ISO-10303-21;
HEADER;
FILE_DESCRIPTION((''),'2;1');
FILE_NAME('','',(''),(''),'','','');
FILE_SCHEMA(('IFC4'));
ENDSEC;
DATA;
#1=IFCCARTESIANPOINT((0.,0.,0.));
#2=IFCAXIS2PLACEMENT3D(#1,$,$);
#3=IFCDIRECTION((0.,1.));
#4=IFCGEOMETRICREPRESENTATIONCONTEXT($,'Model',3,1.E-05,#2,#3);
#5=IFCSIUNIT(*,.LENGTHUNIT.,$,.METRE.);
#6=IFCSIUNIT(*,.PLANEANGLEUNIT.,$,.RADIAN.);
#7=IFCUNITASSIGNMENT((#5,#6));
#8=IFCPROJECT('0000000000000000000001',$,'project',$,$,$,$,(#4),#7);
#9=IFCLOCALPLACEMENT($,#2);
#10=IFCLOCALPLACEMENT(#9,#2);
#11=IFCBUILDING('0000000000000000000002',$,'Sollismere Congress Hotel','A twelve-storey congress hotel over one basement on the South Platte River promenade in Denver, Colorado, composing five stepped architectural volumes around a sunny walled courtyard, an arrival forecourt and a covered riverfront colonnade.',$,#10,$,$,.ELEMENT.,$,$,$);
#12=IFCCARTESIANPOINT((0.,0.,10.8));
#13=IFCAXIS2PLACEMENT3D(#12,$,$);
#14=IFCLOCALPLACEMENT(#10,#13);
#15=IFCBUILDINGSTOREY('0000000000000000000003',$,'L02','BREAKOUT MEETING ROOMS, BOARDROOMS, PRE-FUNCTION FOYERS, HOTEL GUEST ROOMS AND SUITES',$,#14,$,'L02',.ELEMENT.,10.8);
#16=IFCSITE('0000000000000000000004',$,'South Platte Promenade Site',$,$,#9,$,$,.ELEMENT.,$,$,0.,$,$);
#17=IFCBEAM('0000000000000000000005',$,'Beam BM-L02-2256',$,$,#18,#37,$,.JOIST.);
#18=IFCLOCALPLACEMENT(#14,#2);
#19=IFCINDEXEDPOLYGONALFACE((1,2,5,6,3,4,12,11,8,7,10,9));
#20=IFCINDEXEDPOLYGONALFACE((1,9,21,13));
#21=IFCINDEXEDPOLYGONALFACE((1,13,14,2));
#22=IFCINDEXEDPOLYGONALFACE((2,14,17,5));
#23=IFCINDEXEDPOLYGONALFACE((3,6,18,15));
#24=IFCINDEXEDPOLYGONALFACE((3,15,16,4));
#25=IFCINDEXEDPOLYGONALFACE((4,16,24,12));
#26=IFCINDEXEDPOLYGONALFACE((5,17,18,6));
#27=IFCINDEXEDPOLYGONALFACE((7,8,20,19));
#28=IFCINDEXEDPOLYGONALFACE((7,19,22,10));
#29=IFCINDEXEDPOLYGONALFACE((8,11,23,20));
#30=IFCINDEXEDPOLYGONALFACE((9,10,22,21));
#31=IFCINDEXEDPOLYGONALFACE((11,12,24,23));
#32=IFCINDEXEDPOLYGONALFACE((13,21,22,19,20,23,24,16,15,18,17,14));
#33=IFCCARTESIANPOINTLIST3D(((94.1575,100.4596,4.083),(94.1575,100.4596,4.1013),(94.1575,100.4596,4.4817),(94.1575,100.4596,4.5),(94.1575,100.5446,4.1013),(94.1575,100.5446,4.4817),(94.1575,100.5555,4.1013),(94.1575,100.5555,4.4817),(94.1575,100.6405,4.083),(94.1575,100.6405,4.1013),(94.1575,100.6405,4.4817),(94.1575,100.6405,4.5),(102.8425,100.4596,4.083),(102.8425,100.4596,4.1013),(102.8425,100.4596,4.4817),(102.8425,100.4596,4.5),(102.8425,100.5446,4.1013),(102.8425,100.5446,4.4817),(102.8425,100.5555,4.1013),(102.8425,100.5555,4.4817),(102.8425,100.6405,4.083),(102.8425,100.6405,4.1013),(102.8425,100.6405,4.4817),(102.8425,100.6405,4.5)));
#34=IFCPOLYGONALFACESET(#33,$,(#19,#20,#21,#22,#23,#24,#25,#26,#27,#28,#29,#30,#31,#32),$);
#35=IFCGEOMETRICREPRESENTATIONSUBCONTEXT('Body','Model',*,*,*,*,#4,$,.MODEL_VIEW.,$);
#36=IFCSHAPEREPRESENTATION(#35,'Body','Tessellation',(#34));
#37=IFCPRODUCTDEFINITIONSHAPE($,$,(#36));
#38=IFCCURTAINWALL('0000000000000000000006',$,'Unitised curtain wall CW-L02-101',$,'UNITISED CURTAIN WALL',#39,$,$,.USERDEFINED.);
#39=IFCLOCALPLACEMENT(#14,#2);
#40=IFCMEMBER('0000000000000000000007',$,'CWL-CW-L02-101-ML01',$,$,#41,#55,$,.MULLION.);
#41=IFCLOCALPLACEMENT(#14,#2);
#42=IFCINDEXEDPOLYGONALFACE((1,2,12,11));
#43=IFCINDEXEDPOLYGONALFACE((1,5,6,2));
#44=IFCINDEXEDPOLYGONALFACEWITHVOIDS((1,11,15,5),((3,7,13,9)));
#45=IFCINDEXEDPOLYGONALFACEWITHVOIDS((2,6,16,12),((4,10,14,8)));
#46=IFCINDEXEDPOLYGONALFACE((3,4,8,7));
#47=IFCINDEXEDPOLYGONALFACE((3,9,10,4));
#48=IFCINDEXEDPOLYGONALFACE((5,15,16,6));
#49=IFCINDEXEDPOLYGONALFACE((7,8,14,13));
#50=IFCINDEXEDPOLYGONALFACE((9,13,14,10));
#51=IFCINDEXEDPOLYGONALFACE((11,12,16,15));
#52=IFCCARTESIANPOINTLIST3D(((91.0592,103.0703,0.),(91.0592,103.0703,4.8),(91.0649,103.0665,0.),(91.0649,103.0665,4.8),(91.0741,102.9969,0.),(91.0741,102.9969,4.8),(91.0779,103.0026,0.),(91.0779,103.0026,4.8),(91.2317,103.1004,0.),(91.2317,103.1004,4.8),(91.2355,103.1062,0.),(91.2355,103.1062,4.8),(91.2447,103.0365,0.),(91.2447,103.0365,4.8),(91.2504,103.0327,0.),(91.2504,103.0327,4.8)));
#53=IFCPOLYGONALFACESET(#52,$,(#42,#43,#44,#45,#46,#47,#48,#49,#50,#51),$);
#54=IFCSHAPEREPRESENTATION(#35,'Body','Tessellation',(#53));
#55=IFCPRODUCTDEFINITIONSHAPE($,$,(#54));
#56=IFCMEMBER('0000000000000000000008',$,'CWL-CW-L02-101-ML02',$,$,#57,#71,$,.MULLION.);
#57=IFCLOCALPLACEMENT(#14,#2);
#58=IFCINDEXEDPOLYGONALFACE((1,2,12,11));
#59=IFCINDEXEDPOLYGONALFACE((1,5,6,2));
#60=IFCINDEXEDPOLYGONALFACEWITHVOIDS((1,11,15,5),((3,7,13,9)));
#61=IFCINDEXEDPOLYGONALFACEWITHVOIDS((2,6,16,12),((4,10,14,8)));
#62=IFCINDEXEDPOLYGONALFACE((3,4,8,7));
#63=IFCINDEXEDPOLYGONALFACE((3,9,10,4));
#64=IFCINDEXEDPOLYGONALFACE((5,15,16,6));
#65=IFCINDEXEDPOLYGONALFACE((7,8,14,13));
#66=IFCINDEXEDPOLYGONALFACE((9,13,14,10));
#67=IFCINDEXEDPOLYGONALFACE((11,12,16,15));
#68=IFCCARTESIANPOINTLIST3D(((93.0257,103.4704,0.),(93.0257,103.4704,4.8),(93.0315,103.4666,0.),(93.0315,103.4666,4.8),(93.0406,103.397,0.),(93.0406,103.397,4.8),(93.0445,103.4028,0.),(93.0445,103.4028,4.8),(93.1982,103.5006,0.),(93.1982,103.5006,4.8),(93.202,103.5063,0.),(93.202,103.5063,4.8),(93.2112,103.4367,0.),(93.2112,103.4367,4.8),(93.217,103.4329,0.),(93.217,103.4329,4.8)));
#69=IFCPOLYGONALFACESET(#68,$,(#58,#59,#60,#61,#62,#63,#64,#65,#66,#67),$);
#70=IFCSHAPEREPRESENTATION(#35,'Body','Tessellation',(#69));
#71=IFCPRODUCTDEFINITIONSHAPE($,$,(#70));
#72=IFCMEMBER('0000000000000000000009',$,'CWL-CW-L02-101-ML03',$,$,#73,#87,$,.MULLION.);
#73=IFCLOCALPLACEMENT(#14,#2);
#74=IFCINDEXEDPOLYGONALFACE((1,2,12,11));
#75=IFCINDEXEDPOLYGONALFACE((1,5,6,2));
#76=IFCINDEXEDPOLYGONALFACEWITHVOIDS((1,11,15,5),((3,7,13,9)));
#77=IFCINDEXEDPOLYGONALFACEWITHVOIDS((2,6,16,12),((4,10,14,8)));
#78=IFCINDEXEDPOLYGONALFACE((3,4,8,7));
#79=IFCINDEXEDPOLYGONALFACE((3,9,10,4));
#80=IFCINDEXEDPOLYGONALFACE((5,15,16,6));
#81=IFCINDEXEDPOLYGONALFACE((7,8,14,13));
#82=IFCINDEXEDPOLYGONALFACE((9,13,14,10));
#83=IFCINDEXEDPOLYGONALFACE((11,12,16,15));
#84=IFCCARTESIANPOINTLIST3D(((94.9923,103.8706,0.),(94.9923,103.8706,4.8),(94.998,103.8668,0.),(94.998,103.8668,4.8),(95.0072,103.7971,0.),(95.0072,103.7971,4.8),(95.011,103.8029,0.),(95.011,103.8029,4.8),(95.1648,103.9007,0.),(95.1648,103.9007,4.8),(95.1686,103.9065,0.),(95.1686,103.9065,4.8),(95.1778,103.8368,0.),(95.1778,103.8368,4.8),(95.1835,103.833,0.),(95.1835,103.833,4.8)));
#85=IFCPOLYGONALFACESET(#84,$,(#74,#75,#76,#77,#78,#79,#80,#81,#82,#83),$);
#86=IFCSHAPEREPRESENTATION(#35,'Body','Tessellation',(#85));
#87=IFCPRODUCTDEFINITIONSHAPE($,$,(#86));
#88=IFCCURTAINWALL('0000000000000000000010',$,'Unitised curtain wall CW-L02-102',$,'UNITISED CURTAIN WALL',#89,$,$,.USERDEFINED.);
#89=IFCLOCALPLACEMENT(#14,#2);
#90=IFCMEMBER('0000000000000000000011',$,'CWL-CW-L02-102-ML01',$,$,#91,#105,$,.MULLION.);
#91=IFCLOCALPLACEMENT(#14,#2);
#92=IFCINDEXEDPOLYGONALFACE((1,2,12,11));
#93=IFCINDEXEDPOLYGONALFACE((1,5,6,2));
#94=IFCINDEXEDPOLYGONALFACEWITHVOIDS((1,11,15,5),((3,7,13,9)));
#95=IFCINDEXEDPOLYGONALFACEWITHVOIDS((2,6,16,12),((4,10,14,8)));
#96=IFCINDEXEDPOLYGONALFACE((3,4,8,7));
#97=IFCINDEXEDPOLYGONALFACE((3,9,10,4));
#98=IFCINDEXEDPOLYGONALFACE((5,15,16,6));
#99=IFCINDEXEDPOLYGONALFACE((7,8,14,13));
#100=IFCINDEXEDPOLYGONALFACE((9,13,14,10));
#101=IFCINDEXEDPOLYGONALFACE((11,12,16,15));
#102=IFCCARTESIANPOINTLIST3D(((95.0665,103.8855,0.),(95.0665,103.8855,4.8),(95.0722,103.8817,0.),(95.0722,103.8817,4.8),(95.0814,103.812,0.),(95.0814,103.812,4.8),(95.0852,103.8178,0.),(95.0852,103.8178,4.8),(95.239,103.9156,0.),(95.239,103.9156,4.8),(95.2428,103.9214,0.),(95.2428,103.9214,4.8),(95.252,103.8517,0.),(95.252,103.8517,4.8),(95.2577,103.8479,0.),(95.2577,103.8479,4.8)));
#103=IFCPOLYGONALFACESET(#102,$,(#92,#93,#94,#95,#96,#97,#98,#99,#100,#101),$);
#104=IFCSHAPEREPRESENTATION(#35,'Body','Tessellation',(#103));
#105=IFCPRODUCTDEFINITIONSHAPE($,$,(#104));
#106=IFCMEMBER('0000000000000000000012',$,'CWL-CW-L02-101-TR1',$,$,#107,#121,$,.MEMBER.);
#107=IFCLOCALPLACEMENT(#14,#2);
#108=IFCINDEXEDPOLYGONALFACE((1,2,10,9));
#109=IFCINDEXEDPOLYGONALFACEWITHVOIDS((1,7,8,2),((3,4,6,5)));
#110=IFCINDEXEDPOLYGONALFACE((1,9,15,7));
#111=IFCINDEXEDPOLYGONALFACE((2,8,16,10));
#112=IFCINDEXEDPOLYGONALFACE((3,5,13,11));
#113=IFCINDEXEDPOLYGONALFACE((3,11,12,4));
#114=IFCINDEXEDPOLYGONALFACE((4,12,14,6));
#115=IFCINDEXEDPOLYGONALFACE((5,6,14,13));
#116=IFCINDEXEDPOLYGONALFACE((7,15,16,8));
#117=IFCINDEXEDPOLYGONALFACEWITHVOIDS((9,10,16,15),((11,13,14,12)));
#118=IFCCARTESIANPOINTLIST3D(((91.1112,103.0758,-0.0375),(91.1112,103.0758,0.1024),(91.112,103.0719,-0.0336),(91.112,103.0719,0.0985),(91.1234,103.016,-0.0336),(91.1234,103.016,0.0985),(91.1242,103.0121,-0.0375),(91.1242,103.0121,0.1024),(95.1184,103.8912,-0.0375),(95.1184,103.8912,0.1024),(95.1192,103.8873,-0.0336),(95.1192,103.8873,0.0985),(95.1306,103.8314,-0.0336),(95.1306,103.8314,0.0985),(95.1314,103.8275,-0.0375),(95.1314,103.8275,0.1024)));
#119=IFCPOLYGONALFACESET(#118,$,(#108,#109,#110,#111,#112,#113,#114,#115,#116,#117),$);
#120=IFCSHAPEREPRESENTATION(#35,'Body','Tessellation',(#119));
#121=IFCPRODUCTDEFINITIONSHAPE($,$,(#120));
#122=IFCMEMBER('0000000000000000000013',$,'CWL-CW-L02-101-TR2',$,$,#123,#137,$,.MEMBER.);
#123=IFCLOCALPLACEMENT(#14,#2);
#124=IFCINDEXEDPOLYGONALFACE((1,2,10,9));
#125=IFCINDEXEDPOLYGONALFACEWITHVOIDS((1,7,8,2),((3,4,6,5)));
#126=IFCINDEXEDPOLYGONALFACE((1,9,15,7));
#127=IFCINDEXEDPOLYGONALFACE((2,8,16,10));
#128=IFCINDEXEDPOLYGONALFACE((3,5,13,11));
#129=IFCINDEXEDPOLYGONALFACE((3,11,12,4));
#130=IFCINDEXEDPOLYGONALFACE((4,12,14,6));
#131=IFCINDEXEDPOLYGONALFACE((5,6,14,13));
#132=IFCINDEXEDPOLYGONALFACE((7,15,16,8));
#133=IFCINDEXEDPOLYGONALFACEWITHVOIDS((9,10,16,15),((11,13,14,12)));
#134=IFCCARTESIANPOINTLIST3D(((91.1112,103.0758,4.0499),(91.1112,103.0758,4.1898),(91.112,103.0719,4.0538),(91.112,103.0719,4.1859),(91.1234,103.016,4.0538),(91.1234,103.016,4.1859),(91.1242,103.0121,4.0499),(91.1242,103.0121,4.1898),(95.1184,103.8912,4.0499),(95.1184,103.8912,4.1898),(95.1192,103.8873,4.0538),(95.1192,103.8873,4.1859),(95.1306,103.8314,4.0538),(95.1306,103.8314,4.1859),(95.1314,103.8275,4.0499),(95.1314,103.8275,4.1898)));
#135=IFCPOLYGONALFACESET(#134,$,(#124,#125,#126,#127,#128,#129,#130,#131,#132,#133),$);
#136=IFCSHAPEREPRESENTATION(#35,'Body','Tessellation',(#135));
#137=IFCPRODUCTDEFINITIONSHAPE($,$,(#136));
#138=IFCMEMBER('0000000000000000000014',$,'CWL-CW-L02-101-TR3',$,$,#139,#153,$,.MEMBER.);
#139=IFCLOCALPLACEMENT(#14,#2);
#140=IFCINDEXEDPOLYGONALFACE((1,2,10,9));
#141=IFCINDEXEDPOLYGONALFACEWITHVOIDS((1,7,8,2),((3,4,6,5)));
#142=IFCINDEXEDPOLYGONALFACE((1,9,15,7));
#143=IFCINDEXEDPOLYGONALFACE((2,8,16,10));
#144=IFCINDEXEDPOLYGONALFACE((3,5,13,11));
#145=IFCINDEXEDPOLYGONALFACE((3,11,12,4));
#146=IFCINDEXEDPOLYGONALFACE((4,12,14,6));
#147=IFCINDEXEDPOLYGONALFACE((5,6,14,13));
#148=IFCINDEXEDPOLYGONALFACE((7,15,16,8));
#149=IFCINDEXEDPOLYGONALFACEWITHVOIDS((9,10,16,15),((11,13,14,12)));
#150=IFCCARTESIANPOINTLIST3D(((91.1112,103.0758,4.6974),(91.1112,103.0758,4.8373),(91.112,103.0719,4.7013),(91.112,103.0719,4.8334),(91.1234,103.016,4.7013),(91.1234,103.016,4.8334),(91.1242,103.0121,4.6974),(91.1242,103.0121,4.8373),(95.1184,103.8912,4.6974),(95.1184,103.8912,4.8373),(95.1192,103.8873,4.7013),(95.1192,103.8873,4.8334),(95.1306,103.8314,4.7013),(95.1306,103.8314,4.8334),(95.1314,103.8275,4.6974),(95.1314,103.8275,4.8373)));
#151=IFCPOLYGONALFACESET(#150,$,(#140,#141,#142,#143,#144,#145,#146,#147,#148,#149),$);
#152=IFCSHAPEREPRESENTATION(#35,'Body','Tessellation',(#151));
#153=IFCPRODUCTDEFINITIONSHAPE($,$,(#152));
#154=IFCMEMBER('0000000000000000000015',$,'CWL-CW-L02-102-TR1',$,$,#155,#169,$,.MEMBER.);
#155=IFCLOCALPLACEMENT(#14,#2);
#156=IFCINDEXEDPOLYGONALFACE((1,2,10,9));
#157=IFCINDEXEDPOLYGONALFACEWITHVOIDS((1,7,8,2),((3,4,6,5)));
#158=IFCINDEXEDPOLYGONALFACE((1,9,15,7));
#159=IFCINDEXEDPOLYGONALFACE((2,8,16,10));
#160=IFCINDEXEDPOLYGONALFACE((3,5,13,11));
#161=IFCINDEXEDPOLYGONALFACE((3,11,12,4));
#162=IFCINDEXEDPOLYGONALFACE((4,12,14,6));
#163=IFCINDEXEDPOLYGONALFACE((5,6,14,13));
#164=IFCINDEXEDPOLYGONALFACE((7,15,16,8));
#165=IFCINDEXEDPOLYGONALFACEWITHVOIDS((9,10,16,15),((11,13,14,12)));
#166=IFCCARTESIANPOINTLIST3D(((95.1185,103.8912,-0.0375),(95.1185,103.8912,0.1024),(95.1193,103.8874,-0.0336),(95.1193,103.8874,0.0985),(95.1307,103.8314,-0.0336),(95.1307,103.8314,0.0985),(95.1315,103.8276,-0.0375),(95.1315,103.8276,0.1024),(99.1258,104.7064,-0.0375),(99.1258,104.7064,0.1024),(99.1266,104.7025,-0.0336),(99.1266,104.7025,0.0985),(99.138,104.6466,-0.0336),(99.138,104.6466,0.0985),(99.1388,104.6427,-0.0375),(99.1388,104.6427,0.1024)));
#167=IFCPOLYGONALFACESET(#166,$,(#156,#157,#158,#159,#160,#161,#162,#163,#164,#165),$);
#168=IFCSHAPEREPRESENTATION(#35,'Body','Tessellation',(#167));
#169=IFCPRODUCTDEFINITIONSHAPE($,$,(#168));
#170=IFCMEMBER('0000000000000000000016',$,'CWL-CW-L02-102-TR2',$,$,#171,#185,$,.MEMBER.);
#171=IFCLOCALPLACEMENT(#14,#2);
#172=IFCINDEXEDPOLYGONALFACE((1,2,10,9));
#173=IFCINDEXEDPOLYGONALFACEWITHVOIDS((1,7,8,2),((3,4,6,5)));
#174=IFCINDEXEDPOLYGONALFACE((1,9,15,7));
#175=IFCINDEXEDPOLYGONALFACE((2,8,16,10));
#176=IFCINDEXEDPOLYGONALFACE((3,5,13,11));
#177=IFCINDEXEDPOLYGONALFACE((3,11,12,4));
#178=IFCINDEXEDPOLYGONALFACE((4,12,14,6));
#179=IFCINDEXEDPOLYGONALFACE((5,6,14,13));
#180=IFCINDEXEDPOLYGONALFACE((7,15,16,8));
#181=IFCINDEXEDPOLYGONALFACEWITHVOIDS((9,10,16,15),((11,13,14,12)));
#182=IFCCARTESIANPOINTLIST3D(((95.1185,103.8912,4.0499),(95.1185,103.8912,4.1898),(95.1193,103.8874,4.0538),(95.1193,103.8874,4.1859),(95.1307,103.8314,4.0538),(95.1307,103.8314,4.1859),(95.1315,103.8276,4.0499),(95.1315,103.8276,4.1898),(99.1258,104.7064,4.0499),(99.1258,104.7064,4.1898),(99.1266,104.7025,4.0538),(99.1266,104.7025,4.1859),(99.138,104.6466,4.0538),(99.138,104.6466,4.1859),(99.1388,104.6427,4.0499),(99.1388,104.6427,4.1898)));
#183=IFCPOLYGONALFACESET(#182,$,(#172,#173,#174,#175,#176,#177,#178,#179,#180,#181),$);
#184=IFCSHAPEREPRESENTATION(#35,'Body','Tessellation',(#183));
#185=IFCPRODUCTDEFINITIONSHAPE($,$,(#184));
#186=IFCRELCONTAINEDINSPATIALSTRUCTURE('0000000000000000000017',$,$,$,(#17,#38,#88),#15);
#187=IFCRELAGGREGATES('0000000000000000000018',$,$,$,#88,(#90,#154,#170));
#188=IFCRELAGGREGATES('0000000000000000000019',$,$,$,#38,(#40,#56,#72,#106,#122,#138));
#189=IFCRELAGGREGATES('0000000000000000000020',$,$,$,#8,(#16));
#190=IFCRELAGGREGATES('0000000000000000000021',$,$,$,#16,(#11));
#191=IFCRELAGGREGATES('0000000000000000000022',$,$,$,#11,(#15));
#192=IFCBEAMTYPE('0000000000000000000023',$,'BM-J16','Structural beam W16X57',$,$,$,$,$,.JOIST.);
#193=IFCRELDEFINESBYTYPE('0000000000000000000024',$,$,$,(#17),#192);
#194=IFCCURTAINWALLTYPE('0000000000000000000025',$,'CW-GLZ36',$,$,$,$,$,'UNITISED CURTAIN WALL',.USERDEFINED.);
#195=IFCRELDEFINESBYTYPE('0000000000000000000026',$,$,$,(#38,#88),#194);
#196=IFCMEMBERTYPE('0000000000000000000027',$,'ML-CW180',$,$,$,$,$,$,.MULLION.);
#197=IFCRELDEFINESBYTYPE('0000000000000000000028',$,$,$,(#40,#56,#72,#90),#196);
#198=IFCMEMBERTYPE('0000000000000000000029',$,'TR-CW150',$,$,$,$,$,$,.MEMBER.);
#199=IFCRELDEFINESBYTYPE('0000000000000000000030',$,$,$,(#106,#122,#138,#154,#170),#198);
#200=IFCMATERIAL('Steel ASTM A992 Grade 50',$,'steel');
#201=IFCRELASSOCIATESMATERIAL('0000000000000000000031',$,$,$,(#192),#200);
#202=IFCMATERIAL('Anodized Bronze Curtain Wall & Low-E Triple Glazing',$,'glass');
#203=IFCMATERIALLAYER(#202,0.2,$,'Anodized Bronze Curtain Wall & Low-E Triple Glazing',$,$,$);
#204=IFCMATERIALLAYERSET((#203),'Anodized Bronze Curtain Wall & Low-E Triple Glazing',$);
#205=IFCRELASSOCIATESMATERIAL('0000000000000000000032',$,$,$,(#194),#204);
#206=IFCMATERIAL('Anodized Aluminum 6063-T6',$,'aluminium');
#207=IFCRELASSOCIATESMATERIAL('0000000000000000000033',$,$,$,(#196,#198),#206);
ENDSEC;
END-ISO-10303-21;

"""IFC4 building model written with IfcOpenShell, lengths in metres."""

from ifc_helpers import new_model, si_unit, direction, frame, origin, origin_2d, place, context, subcontext, project, spatial, hollow_rectangle, i_section, extrude, material, layer, layer_set, material_profile, profile_set, type_object, element, aggregate, save


model = new_model("IFC4")

# Units and contexts
model_context = context("Model", 3, precision=1e-05, world=origin(), true_north=direction((0.0, 1.0)))
body_context = subcontext(model_context, "Body", "Model", "MODEL_VIEW")
ifc_project = project(units=[si_unit("LENGTHUNIT", "METRE"), si_unit("PLANEANGLEUNIT", "RADIAN")], contexts=[model_context])

# Site, building, storey
site_placement = place(None, origin())
site = spatial("IfcSite", under=ifc_project, at=site_placement, Name="South Platte Promenade Site", CompositionType="ELEMENT", RefElevation=0.0)
building_placement = place(site_placement, origin())
building = spatial("IfcBuilding", under=site, at=building_placement, Name="Sollismere Congress Hotel", Description="A twelve-storey congress hotel over one basement on the South Platte River promenade in Denver, Colorado, composing five stepped architectural volumes around a sunny walled courtyard, an arrival forecourt and a covered riverfront colonnade.", CompositionType="ELEMENT")
storey_placement = place(building_placement, frame((0.0, 0.0, 10.8)))
storey = spatial("IfcBuildingStorey", under=building, at=storey_placement, Name="L02", Description="BREAKOUT MEETING ROOMS, BOARDROOMS, PRE-FUNCTION FOYERS, HOTEL GUEST ROOMS AND SUITES", LongName="L02", CompositionType="ELEMENT", Elevation=10.8)

# Shared definitions
ifc_material_1 = material(Name="Steel ASTM A992 Grade 50", Category="steel")

# Beam
ifc_material_profile_1 = material_profile(ifc_material_1, i_section(OverallWidth=0.1809, OverallDepth=0.417, WebThickness=0.011, FlangeThickness=0.0183, at=origin_2d()), Name="W16X57")
ifc_profile_set_1 = profile_set([ifc_material_profile_1], Name="Steel ASTM A992 Grade 50")
beam_type_1 = type_object("IfcBeamType", Name="BM-J16", Description="Structural beam W16X57", PredefinedType="JOIST", material=ifc_profile_set_1)
for number, where, z_axis, x_axis, name in (
    (1, (94.1575, 100.55, 4.2915), (1.0, 0.0, 0.0), (0.0, 1.0, 0.0), "Beam BM-L02-2256"),
):
    element("IfcBeam", number, at=place(storey_placement, frame(where, z_axis=z_axis, x_axis=x_axis)), inside=storey, type_object=beam_type_1, Name=name, PredefinedType="JOIST", context=body_context, shape_type="SweptSolid", body=[
        extrude(i_section(OverallWidth=0.1809, OverallDepth=0.417, WebThickness=0.011, FlangeThickness=0.0183, at=origin_2d()), origin(), (0.0, 0.0, 1.0), 8.6851),
    ])

# Curtain wall, members
ifc_material_2 = material(Name="Anodized Bronze Curtain Wall & Low-E Triple Glazing", Category="glass")
ifc_layer_1 = layer(ifc_material_2, 0.2, Name="Anodized Bronze Curtain Wall & Low-E Triple Glazing")
ifc_layer_set_1 = layer_set([ifc_layer_1], Name="Anodized Bronze Curtain Wall & Low-E Triple Glazing")
curtain_wall_type = type_object("IfcCurtainWallType", Name="CW-GLZ36", ElementType="UNITISED CURTAIN WALL", PredefinedType="USERDEFINED", material=ifc_layer_set_1)
curtain_wall_1_placement = place(storey_placement, origin())
curtain_wall_1 = element("IfcCurtainWall", 2, at=curtain_wall_1_placement, inside=storey, type_object=curtain_wall_type, Name="Unitised curtain wall CW-L02-101", ObjectType="UNITISED CURTAIN WALL", PredefinedType="USERDEFINED")
ifc_material_3 = material(Name="Anodized Aluminum 6063-T6", Category="aluminium")
ifc_material_profile_2 = material_profile(ifc_material_3, hollow_rectangle(XDim=0.075, YDim=0.1799, WallThickness=0.0049, at=origin_2d()), Name="ALU180X75X5")
ifc_profile_set_2 = profile_set([ifc_material_profile_2], Name="Anodized Aluminum 6063-T6")
member_type_1 = type_object("IfcMemberType", Name="ML-CW180", PredefinedType="MULLION", material=ifc_profile_set_2)
member_1_placement = place(storey_placement, frame((91.1548, 103.0515, 0.0), z_axis=(0.0, 0.0, 1.0), x_axis=(-0.199368, 0.979925, 0.0)))
member_1 = element("IfcMember", 3, at=member_1_placement, type_object=member_type_1, Name="CWL-CW-L02-101-ML01", PredefinedType="MULLION", context=body_context, shape_type="SweptSolid", body=[
    extrude(hollow_rectangle(XDim=0.075, YDim=0.1799, WallThickness=0.0049, at=origin_2d()), origin(), (0.0, 0.0, 1.0), 4.8),
])
member_2_placement = place(storey_placement, frame((93.1213, 103.4517, 0.0), z_axis=(0.0, 0.0, 1.0), x_axis=(-0.199368, 0.979925, 0.0)))
member_2 = element("IfcMember", 4, at=member_2_placement, type_object=member_type_1, Name="CWL-CW-L02-101-ML02", PredefinedType="MULLION", context=body_context, shape_type="SweptSolid", body=[
    extrude(hollow_rectangle(XDim=0.075, YDim=0.1799, WallThickness=0.0049, at=origin_2d()), origin(), (0.0, 0.0, 1.0), 4.8),
])
member_3_placement = place(storey_placement, frame((95.0879, 103.8518, 0.0), z_axis=(0.0, 0.0, 1.0), x_axis=(-0.199368, 0.979925, 0.0)))
member_3 = element("IfcMember", 5, at=member_3_placement, type_object=member_type_1, Name="CWL-CW-L02-101-ML03", PredefinedType="MULLION", context=body_context, shape_type="SweptSolid", body=[
    extrude(hollow_rectangle(XDim=0.075, YDim=0.1799, WallThickness=0.0049, at=origin_2d()), origin(), (0.0, 0.0, 1.0), 4.8),
])

# Curtain wall, member
curtain_wall_2_placement = place(storey_placement, origin())
curtain_wall_2 = element("IfcCurtainWall", 6, at=curtain_wall_2_placement, inside=storey, type_object=curtain_wall_type, Name="Unitised curtain wall CW-L02-102", ObjectType="UNITISED CURTAIN WALL", PredefinedType="USERDEFINED")
member_4_placement = place(storey_placement, frame((95.1621, 103.8667, 0.0), z_axis=(0.0, 0.0, 1.0), x_axis=(-0.199368, 0.979925, 0.0)))
member_4 = element("IfcMember", 7, at=member_4_placement, type_object=member_type_1, Name="CWL-CW-L02-102-ML01", PredefinedType="MULLION", context=body_context, shape_type="SweptSolid", body=[
    extrude(hollow_rectangle(XDim=0.075, YDim=0.1799, WallThickness=0.0049, at=origin_2d()), origin(), (0.0, 0.0, 1.0), 4.8),
])

# Members
ifc_material_profile_3 = material_profile(ifc_material_3, hollow_rectangle(XDim=0.0649, YDim=0.1399, WallThickness=0.0039, at=origin_2d()), Name="ALU140X65X4")
ifc_profile_set_3 = profile_set([ifc_material_profile_3], Name="Anodized Aluminum 6063-T6")
member_type_2 = type_object("IfcMemberType", Name="TR-CW150", PredefinedType="MEMBER", material=ifc_profile_set_3)
member_5_placement = place(storey_placement, frame((91.1177, 103.0439, 0.0325), z_axis=(0.979918, 0.199399, 0.0), x_axis=(-0.199399, 0.979918, 0.0)))
member_5 = element("IfcMember", 8, at=member_5_placement, type_object=member_type_2, Name="CWL-CW-L02-101-TR1", PredefinedType="MEMBER", context=body_context, shape_type="SweptSolid", body=[
    extrude(hollow_rectangle(XDim=0.0649, YDim=0.1399, WallThickness=0.0039, at=origin_2d()), origin(), (0.0, 0.0, 1.0), 4.0894),
])
member_6_placement = place(storey_placement, frame((91.1177, 103.0439, 4.1199), z_axis=(0.979918, 0.199399, 0.0), x_axis=(-0.199399, 0.979918, 0.0)))
member_6 = element("IfcMember", 9, at=member_6_placement, type_object=member_type_2, Name="CWL-CW-L02-101-TR2", PredefinedType="MEMBER", context=body_context, shape_type="SweptSolid", body=[
    extrude(hollow_rectangle(XDim=0.0649, YDim=0.1399, WallThickness=0.0039, at=origin_2d()), origin(), (0.0, 0.0, 1.0), 4.0894),
])
member_7_placement = place(storey_placement, frame((91.1177, 103.0439, 4.7673), z_axis=(0.979918, 0.199399, 0.0), x_axis=(-0.199399, 0.979918, 0.0)))
member_7 = element("IfcMember", 10, at=member_7_placement, type_object=member_type_2, Name="CWL-CW-L02-101-TR3", PredefinedType="MEMBER", context=body_context, shape_type="SweptSolid", body=[
    extrude(hollow_rectangle(XDim=0.0649, YDim=0.1399, WallThickness=0.0039, at=origin_2d()), origin(), (0.0, 0.0, 1.0), 4.0894),
])
member_8_placement = place(storey_placement, frame((95.125, 103.8594, 0.0325), z_axis=(0.97993, 0.199341, 0.0), x_axis=(-0.199341, 0.97993, 0.0)))
member_8 = element("IfcMember", 11, at=member_8_placement, type_object=member_type_2, Name="CWL-CW-L02-102-TR1", PredefinedType="MEMBER", context=body_context, shape_type="SweptSolid", body=[
    extrude(hollow_rectangle(XDim=0.0649, YDim=0.1399, WallThickness=0.0039, at=origin_2d()), origin(), (0.0, 0.0, 1.0), 4.0894),
])
member_9_placement = place(storey_placement, frame((95.125, 103.8594, 4.1199), z_axis=(0.97993, 0.199341, 0.0), x_axis=(-0.199341, 0.97993, 0.0)))
member_9 = element("IfcMember", 12, at=member_9_placement, type_object=member_type_2, Name="CWL-CW-L02-102-TR2", PredefinedType="MEMBER", context=body_context, shape_type="SweptSolid", body=[
    extrude(hollow_rectangle(XDim=0.0649, YDim=0.1399, WallThickness=0.0039, at=origin_2d()), origin(), (0.0, 0.0, 1.0), 4.0894),
])

aggregate(curtain_wall_2, [member_4, member_8, member_9])
aggregate(curtain_wall_1, [member_1, member_2, member_3, member_5, member_6, member_7])

save(model, "model.ifc")
